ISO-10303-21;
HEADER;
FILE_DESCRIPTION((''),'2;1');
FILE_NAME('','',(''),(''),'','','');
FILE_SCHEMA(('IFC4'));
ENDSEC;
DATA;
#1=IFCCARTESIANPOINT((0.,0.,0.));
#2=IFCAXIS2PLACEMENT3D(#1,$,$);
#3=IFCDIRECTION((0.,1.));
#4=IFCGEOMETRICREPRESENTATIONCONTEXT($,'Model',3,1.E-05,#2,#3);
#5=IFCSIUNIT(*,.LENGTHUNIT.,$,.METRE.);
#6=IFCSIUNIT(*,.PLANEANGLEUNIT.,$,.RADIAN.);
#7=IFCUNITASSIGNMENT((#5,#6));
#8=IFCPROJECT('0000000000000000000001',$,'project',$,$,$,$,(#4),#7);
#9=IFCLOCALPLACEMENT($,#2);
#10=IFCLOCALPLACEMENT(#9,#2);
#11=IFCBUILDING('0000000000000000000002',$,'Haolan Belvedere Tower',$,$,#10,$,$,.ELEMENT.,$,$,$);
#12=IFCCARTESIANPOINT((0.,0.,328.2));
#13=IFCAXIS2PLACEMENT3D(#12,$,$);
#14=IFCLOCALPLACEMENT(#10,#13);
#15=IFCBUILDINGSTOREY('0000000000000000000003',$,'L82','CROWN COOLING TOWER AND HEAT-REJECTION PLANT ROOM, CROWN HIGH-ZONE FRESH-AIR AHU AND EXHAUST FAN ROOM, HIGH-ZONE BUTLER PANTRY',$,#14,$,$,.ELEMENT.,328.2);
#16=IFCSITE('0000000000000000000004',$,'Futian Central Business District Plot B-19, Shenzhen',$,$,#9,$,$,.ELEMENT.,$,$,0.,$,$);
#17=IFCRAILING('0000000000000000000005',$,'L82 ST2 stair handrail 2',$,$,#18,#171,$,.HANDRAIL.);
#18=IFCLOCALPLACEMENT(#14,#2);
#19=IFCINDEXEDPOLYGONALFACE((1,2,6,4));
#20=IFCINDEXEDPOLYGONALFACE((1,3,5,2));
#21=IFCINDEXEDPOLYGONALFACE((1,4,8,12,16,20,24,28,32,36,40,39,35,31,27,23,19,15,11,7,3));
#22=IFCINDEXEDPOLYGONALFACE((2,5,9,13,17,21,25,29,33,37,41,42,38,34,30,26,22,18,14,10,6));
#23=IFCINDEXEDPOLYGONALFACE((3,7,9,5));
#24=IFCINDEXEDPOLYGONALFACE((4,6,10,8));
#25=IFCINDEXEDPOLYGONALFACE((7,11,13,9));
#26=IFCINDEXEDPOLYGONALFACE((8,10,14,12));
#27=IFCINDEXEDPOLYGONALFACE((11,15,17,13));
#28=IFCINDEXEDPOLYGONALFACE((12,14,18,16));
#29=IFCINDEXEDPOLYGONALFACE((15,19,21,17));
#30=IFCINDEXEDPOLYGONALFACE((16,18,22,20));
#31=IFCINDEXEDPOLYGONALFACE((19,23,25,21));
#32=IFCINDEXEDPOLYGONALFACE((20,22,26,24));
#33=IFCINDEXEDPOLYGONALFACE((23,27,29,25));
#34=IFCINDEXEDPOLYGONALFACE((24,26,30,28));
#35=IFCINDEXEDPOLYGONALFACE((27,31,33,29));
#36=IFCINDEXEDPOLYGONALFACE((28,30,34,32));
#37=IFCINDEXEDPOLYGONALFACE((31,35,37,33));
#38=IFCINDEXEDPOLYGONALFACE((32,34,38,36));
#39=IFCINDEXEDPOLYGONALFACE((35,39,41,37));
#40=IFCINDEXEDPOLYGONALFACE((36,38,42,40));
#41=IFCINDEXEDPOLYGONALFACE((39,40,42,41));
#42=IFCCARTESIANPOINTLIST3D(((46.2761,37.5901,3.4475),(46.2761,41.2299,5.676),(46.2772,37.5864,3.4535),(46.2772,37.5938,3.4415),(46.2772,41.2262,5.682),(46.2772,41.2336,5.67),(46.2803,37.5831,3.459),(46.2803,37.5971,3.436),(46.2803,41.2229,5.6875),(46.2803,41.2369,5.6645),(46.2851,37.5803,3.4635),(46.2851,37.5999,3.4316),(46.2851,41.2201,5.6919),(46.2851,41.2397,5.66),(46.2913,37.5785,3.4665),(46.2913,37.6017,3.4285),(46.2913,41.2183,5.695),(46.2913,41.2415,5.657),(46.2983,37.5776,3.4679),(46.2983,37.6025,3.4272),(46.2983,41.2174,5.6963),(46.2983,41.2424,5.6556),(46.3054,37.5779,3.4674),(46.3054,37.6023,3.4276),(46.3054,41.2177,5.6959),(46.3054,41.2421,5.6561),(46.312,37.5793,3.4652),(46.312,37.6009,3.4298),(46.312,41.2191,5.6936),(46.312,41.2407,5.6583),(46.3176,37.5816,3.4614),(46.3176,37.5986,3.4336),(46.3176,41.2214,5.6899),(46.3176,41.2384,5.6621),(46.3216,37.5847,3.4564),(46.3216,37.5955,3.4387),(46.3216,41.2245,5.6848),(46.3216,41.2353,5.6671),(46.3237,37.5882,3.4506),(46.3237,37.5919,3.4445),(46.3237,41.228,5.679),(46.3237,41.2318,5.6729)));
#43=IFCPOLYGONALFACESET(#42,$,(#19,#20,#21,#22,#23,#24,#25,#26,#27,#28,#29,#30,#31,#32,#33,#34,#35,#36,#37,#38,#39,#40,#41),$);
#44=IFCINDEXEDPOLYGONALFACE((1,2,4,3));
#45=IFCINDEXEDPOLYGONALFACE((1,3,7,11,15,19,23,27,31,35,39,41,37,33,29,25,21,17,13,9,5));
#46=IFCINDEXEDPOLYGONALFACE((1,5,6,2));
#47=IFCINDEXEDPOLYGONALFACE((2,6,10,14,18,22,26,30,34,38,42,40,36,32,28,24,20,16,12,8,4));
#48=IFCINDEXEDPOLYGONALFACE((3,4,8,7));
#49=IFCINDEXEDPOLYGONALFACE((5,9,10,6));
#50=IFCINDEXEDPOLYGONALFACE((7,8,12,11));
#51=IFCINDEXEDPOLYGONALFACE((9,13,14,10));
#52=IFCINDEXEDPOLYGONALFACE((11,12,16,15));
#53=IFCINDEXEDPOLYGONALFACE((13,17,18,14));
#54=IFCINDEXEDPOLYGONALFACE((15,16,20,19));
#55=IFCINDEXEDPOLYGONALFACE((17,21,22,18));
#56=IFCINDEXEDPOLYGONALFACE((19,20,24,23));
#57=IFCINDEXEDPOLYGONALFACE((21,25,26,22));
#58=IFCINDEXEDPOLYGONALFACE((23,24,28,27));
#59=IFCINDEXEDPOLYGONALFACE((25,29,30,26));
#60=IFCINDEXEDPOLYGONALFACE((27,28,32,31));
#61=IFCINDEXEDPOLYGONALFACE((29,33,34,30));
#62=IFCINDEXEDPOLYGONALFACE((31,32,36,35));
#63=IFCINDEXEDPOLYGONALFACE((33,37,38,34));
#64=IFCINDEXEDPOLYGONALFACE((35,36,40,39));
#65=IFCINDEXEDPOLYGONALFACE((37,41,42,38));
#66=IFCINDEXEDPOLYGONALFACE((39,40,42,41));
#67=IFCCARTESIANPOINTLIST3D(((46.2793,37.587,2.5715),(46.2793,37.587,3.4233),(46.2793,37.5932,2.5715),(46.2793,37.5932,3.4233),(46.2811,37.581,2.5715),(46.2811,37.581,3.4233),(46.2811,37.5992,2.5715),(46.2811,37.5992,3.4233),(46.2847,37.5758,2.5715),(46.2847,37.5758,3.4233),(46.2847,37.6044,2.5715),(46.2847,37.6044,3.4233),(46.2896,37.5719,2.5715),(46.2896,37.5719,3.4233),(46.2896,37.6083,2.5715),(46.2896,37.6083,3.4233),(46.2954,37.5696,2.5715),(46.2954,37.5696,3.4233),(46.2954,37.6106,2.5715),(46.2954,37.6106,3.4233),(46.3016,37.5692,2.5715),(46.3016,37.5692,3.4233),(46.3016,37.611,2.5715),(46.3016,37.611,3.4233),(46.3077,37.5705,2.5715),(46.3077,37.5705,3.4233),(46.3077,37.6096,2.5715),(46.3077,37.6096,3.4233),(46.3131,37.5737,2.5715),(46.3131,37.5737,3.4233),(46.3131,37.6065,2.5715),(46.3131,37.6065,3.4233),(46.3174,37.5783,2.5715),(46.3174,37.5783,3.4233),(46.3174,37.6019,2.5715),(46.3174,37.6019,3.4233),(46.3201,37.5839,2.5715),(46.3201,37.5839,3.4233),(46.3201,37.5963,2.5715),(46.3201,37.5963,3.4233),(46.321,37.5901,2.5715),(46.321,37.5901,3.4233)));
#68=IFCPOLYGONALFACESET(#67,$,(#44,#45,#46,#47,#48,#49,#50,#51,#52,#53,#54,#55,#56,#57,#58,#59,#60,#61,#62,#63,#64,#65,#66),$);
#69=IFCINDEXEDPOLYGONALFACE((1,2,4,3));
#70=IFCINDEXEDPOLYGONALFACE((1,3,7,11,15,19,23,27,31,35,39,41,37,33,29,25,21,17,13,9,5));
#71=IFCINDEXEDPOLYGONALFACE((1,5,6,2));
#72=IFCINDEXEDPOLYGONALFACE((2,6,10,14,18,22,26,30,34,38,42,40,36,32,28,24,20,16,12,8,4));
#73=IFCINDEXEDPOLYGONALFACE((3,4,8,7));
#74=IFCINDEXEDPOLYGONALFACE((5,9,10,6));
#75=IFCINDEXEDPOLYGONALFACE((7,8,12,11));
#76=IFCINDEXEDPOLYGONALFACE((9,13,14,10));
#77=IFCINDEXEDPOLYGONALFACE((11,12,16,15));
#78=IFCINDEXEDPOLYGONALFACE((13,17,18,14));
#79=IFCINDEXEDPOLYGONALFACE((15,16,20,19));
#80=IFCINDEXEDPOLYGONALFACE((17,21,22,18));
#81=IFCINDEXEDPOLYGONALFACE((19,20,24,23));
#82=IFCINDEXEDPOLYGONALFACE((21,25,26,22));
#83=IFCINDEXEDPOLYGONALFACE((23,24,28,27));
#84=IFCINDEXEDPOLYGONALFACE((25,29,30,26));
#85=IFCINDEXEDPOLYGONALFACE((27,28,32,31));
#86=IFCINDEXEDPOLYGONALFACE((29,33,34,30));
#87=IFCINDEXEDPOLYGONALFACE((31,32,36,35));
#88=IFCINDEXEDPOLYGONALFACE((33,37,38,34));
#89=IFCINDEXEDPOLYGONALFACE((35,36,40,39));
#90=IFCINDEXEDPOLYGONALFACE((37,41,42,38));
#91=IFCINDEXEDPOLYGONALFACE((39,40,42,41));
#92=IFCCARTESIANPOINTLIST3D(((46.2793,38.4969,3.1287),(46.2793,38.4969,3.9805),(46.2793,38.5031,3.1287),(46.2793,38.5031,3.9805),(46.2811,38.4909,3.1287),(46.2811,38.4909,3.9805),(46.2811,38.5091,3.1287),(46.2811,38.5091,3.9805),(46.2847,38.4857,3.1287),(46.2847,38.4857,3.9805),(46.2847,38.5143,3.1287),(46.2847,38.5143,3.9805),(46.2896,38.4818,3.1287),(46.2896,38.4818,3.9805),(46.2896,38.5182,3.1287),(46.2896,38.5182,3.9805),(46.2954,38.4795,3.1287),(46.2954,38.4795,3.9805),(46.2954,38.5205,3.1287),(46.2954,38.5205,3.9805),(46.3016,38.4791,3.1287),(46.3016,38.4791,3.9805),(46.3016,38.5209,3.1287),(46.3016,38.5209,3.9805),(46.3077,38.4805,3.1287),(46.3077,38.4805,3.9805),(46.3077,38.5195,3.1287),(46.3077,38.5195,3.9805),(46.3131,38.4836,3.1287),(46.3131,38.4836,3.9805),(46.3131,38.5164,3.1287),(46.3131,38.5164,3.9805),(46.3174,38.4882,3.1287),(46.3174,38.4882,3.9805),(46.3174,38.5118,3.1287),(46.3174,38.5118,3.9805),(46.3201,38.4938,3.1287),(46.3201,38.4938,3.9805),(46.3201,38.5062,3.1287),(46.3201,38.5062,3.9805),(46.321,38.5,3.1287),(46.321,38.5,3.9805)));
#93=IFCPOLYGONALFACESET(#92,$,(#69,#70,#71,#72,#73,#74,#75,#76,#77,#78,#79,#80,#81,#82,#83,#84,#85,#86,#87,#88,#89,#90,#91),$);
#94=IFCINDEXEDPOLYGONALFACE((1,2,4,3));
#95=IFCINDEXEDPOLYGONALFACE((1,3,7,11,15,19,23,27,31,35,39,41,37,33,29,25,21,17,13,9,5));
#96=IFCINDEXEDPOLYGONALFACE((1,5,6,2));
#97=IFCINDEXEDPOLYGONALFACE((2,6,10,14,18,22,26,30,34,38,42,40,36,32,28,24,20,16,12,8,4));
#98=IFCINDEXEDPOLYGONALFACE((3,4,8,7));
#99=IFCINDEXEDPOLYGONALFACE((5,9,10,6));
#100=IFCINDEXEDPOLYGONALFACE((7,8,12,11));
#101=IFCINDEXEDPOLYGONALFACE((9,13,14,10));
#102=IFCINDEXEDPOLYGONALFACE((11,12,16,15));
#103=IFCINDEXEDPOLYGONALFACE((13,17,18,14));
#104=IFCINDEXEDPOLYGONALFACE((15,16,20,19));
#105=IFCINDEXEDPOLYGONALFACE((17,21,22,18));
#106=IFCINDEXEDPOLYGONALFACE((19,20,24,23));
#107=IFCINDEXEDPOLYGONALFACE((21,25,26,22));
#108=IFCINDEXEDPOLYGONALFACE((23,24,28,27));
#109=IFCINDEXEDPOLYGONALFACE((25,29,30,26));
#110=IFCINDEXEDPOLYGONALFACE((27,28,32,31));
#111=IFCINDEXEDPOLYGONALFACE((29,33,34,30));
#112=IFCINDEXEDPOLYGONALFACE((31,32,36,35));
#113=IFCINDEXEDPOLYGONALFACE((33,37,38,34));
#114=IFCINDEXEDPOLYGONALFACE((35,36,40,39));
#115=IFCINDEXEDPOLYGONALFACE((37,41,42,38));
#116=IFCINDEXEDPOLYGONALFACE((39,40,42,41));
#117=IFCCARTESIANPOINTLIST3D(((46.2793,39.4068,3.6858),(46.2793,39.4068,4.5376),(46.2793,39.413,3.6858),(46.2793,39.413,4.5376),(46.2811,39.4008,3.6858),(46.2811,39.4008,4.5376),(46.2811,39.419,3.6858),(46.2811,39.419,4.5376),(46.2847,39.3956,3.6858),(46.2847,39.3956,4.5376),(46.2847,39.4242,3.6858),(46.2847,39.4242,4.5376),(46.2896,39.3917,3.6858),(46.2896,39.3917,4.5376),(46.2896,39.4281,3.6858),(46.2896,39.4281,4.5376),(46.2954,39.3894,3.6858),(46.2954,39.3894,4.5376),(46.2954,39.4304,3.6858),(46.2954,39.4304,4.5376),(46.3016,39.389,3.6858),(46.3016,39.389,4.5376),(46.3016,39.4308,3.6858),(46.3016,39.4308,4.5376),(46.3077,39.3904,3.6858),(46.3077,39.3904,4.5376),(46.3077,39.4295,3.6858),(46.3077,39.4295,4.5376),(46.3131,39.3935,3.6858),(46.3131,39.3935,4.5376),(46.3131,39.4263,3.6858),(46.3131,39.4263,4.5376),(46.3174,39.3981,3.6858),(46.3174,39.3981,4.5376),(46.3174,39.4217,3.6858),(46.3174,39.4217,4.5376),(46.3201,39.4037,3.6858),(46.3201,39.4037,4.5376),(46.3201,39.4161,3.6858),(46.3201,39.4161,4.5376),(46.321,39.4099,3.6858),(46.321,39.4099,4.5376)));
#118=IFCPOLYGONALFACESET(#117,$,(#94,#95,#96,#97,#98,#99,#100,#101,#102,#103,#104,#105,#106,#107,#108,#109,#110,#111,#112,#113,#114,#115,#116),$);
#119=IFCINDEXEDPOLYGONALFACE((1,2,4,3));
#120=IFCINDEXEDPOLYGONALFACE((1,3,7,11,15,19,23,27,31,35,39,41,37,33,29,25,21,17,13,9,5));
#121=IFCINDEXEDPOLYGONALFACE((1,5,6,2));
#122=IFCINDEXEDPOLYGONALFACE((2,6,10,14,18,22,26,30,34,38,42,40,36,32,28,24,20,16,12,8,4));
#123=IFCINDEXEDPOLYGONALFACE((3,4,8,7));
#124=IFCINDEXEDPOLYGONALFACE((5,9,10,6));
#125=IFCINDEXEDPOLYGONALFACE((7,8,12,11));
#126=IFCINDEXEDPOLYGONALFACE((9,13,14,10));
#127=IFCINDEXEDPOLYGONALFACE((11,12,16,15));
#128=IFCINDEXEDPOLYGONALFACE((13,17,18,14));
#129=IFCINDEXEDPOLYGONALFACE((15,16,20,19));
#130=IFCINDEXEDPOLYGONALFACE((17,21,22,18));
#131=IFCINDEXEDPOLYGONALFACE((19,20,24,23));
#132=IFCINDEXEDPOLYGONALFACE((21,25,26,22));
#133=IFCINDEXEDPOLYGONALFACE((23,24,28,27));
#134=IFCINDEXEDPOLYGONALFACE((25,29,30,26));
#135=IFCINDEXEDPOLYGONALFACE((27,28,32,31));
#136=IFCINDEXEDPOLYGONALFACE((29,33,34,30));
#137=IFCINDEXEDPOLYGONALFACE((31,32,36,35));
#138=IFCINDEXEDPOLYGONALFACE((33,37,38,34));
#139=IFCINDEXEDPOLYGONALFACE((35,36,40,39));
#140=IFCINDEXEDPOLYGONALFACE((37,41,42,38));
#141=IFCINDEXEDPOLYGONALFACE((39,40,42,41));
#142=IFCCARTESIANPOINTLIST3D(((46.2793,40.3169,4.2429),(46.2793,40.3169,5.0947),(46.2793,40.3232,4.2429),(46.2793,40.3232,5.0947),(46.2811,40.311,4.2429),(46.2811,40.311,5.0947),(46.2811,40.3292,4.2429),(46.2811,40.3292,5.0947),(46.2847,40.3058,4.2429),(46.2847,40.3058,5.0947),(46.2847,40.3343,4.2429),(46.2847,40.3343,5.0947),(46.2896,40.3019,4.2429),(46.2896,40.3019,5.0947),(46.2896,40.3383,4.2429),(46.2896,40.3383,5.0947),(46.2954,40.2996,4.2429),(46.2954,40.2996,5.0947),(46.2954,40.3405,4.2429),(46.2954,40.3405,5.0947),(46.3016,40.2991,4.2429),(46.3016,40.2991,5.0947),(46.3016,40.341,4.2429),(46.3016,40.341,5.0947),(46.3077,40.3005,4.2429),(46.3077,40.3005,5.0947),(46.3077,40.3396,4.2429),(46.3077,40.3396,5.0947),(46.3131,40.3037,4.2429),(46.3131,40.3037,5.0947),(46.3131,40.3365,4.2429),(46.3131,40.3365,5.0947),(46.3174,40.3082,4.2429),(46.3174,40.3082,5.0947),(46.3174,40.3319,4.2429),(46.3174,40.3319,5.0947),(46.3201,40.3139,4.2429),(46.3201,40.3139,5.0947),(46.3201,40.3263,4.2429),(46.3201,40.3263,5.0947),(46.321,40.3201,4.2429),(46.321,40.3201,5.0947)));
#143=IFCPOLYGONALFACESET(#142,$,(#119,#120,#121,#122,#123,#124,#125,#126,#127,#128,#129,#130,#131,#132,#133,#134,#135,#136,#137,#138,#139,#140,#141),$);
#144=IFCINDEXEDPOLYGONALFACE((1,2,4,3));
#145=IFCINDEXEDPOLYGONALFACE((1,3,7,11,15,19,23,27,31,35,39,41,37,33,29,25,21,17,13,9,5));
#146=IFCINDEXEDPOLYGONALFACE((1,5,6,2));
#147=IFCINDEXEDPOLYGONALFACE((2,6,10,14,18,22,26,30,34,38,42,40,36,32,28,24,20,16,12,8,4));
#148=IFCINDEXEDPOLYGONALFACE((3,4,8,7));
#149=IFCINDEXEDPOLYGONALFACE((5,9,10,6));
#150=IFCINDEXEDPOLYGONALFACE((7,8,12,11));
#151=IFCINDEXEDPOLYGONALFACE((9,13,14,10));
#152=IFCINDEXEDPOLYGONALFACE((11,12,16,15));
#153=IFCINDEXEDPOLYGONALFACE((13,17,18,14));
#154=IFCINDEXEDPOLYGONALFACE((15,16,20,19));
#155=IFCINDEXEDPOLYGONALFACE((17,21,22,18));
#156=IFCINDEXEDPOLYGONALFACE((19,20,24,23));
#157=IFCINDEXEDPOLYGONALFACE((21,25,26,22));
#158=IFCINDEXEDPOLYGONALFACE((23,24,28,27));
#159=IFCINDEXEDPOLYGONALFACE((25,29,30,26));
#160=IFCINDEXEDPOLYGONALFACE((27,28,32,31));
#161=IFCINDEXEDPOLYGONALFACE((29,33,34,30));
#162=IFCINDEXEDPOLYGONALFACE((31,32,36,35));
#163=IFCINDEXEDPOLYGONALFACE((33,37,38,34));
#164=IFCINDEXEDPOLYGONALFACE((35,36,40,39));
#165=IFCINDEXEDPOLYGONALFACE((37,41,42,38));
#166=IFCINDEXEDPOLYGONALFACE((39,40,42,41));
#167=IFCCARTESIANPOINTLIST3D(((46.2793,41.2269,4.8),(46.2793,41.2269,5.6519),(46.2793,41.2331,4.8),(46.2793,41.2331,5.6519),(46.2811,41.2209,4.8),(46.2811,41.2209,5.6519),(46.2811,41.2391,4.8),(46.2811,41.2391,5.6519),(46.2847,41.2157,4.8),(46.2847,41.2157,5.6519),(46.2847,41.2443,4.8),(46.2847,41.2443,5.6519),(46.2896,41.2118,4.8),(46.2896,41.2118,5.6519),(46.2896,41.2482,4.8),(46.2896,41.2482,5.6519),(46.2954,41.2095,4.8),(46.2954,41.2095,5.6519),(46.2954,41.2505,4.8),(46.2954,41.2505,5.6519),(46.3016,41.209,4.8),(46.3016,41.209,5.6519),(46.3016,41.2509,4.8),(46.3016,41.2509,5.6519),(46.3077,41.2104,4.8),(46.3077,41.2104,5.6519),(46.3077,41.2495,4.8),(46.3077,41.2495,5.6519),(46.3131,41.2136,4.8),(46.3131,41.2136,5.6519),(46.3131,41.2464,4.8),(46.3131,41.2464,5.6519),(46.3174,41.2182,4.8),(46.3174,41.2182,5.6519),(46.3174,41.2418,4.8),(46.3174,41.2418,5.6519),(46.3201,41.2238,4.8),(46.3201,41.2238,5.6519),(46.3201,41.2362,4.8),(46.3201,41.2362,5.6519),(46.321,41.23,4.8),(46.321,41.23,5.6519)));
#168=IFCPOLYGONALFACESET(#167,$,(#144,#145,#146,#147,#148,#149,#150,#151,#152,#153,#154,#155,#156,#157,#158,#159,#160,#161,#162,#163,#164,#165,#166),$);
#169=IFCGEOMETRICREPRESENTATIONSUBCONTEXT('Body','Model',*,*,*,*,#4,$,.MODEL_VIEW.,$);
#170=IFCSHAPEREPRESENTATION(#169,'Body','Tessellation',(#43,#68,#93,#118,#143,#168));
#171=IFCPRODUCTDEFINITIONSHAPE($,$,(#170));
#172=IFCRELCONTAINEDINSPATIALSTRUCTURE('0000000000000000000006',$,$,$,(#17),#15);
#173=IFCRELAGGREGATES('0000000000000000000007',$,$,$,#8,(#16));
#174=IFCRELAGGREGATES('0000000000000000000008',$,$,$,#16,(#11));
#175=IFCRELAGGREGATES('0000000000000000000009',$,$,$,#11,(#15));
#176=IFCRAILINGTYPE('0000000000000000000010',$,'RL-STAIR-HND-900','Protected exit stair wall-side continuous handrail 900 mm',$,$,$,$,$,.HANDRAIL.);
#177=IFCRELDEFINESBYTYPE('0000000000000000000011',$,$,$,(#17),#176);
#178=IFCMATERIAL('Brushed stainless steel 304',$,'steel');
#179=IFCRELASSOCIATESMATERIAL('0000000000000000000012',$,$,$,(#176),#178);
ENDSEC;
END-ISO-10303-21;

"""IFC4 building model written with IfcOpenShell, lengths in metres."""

from ifc_helpers import new_model, si_unit, direction, frame, origin, origin_2d, place, context, subcontext, project, spatial, circle, extrude, material, type_object, element, save


model = new_model("IFC4")

# Units and contexts
model_context = context("Model", 3, precision=1e-05, world=origin(), true_north=direction((0.0, 1.0)))
body_context = subcontext(model_context, "Body", "Model", "MODEL_VIEW")
ifc_project = project(units=[si_unit("LENGTHUNIT", "METRE"), si_unit("PLANEANGLEUNIT", "RADIAN")], contexts=[model_context])

# Site, building, storey
site_placement = place(None, origin())
site = spatial("IfcSite", under=ifc_project, at=site_placement, Name="Futian Central Business District Plot B-19, Shenzhen", CompositionType="ELEMENT", RefElevation=0.0)
building_placement = place(site_placement, origin())
building = spatial("IfcBuilding", under=site, at=building_placement, Name="Haolan Belvedere Tower", CompositionType="ELEMENT")
storey_placement = place(building_placement, frame((0.0, 0.0, 328.2)))
storey = spatial("IfcBuildingStorey", under=building, at=storey_placement, Name="L82", Description="CROWN COOLING TOWER AND HEAT-REJECTION PLANT ROOM, CROWN HIGH-ZONE FRESH-AIR AHU AND EXHAUST FAN ROOM, HIGH-ZONE BUTLER PANTRY", CompositionType="ELEMENT", Elevation=328.2)

# Railing
ifc_material_1 = material(Name="Brushed stainless steel 304", Category="steel")
railing_type_1 = type_object("IfcRailingType", Name="RL-STAIR-HND-900", Description="Protected exit stair wall-side continuous handrail 900 mm", PredefinedType="HANDRAIL", material=ifc_material_1)
railing_1_placement = place(storey_placement, frame((46.3, 37.5901, 2.5715)))
element("IfcRailing", 1, at=railing_1_placement, inside=storey, type_object=railing_type_1, Name="L82 ST2 stair handrail 2", PredefinedType="HANDRAIL", context=body_context, shape_type="SweptSolid", body=[
    extrude(circle(Radius=0.0239, at=origin_2d()), frame((0.0, 0.0, 0.876), z_axis=(0.0, 0.85285, 0.522156), x_axis=(-1.0, 0.0, 0.0)), (0.0, 0.0, 1.0), 4.2678),
    extrude(circle(Radius=0.021, at=origin_2d()), origin(), (0.0, 0.0, 1.0), 0.8518),
    extrude(circle(Radius=0.021, at=origin_2d()), frame((0.0, 0.9099, 0.5571)), (0.0, 0.0, 1.0), 0.8518),
    extrude(circle(Radius=0.021, at=origin_2d()), frame((0.0, 1.8198, 1.1143)), (0.0, 0.0, 1.0), 0.8518),
    extrude(circle(Radius=0.021, at=origin_2d()), frame((0.0, 2.73, 1.6714)), (0.0, 0.0, 1.0), 0.8518),
    extrude(circle(Radius=0.021, at=origin_2d()), frame((0.0, 3.6399, 2.2285)), (0.0, 0.0, 1.0), 0.8518),
])

save(model, "model.ifc")
